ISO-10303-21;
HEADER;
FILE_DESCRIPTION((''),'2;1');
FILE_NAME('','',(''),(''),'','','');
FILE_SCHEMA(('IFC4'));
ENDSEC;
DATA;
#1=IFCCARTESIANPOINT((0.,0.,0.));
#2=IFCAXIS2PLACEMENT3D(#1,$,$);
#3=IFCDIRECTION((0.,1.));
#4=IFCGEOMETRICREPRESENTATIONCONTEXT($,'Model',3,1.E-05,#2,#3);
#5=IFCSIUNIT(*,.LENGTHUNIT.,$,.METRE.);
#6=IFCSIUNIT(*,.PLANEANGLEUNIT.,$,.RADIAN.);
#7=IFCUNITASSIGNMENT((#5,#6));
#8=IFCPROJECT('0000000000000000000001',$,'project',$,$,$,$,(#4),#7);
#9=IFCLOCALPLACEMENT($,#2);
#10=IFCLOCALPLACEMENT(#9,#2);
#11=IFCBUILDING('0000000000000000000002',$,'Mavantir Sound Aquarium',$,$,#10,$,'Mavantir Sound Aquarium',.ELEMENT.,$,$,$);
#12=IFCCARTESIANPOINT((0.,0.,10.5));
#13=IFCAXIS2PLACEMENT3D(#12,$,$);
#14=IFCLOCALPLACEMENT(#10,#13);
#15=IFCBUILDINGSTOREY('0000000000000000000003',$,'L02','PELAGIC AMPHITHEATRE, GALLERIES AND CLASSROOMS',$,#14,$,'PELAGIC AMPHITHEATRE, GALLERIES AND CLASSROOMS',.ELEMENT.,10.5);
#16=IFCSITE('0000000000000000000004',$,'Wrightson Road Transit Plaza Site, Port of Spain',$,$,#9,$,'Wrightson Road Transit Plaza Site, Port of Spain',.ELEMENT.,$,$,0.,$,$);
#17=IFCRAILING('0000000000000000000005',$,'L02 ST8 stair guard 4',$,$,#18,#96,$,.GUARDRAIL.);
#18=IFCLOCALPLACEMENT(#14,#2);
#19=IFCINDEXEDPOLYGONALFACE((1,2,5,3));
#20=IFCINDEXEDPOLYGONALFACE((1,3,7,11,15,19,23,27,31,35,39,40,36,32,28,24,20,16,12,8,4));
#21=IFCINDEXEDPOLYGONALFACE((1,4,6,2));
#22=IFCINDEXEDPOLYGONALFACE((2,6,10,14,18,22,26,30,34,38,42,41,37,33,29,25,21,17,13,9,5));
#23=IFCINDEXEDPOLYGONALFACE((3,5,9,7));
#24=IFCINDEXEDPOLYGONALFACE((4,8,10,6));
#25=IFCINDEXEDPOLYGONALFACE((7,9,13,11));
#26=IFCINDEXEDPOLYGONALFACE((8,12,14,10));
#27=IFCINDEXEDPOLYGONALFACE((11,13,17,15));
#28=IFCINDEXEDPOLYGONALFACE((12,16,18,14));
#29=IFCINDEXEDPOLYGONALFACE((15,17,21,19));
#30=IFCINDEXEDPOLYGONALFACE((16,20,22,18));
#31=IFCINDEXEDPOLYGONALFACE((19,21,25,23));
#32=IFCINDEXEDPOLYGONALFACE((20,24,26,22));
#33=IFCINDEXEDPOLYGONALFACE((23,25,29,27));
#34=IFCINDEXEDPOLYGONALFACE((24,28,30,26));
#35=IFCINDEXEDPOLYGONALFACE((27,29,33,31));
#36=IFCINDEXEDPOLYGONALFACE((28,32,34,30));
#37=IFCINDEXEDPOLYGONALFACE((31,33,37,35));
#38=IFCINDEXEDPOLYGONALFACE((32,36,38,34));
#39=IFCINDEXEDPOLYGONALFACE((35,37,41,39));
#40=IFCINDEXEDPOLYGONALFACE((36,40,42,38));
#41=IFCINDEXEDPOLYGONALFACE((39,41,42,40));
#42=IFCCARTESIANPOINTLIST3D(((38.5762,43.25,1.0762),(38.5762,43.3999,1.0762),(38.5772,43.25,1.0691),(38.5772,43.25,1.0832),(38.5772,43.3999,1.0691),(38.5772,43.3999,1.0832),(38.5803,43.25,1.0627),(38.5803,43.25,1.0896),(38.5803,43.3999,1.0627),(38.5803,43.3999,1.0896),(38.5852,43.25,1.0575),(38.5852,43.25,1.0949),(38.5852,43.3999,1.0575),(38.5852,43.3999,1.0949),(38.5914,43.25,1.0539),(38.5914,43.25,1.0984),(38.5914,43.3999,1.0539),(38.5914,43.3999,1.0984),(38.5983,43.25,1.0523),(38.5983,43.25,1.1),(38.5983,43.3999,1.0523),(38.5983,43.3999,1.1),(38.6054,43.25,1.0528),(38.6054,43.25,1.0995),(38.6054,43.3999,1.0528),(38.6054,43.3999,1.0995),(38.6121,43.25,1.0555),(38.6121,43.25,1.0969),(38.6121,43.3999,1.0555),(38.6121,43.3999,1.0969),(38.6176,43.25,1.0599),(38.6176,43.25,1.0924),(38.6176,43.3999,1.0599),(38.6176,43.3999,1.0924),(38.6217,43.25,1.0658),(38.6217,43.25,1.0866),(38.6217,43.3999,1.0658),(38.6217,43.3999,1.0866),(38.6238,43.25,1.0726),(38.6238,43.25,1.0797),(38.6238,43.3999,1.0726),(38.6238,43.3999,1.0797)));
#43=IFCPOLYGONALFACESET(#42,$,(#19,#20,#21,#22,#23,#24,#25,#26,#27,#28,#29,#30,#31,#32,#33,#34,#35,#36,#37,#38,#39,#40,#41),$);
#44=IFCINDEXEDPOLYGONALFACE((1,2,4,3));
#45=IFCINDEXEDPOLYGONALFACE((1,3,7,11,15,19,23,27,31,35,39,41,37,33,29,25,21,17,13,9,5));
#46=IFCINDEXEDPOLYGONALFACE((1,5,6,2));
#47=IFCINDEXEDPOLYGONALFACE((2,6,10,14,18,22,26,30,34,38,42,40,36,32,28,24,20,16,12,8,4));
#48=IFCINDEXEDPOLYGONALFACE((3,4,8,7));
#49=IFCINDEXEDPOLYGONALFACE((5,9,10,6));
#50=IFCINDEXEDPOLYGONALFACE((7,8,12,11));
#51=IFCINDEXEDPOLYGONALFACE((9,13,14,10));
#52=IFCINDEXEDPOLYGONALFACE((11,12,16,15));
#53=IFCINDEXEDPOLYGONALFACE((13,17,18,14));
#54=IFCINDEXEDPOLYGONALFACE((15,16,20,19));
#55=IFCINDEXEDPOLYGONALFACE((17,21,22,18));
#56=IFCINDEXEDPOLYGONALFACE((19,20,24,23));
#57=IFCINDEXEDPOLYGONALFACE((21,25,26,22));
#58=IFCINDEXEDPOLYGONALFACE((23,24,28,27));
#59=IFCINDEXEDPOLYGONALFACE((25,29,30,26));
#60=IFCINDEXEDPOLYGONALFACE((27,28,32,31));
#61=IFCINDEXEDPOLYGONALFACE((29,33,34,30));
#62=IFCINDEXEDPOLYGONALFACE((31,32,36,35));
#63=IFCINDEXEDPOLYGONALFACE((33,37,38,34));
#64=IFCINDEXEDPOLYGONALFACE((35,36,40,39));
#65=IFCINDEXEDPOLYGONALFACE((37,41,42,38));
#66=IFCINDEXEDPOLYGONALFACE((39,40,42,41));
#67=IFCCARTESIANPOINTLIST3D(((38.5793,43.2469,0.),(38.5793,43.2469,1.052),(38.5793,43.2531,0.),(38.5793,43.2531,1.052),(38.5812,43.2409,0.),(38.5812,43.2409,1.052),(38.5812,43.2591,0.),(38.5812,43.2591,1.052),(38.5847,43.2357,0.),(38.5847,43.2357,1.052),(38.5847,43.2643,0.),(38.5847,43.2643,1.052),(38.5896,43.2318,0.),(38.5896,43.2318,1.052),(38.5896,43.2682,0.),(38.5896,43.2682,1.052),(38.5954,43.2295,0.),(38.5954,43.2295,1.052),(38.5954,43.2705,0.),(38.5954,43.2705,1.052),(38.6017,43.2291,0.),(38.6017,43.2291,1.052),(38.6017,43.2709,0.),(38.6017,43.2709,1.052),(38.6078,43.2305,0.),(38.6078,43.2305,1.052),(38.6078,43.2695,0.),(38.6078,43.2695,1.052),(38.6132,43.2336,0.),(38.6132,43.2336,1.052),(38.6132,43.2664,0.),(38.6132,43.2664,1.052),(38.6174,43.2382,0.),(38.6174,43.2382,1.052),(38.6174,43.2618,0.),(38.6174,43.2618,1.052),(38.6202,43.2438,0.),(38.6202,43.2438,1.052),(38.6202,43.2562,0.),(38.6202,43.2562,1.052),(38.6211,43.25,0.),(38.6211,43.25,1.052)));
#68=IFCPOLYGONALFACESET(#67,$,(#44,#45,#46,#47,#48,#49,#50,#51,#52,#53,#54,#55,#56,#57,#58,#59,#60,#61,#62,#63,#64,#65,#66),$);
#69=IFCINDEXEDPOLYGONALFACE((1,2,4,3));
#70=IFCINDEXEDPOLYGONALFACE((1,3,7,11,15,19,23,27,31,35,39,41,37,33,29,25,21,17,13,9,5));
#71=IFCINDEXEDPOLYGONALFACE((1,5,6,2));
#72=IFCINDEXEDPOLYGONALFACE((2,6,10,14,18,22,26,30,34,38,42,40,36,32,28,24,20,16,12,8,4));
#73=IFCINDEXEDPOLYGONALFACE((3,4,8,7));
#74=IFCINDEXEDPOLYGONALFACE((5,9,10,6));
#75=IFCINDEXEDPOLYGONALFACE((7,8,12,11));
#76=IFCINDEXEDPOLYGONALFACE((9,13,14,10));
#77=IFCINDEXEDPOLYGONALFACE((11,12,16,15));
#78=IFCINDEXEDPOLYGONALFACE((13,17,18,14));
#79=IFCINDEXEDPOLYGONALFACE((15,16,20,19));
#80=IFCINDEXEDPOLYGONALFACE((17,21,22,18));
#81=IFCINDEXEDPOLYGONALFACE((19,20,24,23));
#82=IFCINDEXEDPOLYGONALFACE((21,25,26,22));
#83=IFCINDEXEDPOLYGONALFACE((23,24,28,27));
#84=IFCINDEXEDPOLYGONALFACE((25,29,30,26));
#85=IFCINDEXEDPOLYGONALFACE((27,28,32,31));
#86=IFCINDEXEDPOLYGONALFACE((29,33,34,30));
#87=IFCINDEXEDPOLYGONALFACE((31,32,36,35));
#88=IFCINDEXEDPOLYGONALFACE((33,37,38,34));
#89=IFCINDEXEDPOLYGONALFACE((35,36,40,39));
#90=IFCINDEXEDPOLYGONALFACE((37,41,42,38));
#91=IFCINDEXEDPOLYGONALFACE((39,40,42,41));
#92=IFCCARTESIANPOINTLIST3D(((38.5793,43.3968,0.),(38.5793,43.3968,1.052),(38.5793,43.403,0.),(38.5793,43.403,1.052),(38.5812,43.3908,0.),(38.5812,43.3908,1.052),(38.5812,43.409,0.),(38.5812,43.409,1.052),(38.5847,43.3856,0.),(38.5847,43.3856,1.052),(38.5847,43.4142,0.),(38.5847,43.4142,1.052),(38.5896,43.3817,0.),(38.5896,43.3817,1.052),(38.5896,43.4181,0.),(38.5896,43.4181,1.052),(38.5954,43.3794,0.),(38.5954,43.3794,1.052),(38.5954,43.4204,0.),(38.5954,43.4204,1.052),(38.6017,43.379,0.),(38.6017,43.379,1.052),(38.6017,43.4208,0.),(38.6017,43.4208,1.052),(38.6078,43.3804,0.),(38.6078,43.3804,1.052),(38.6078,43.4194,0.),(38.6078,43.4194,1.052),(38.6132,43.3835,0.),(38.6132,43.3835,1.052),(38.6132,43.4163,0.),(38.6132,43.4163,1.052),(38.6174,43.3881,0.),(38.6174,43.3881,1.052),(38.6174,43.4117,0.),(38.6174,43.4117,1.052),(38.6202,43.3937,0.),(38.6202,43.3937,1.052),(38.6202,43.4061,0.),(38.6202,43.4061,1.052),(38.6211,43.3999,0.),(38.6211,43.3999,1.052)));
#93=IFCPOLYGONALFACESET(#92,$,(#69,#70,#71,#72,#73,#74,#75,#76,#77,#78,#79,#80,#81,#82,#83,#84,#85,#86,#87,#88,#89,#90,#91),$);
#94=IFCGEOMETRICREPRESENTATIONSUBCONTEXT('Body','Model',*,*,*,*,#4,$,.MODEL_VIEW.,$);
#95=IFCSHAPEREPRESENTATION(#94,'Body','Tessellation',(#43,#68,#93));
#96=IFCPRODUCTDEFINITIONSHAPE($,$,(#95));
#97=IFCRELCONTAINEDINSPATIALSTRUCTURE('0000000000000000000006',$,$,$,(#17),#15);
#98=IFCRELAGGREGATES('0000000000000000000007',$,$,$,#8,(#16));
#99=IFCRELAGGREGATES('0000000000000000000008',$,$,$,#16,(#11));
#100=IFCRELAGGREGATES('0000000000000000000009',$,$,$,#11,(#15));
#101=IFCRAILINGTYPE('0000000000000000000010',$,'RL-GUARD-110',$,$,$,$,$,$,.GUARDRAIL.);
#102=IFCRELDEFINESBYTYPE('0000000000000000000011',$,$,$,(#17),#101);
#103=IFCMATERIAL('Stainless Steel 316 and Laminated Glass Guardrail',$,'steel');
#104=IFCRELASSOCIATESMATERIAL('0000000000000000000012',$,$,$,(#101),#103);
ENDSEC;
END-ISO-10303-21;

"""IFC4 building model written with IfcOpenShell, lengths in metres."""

from ifc_helpers import new_model, si_unit, direction, frame, origin, origin_2d, place, context, subcontext, project, spatial, circle, extrude, material, type_object, element, save


model = new_model("IFC4")

# Units and contexts
model_context = context("Model", 3, precision=1e-05, world=origin(), true_north=direction((0.0, 1.0)))
body_context = subcontext(model_context, "Body", "Model", "MODEL_VIEW")
ifc_project = project(units=[si_unit("LENGTHUNIT", "METRE"), si_unit("PLANEANGLEUNIT", "RADIAN")], contexts=[model_context])

# Site, building, storey
site_placement = place(None, origin())
site = spatial("IfcSite", under=ifc_project, at=site_placement, Name="Wrightson Road Transit Plaza Site, Port of Spain", LongName="Wrightson Road Transit Plaza Site, Port of Spain", CompositionType="ELEMENT", RefElevation=0.0)
building_placement = place(site_placement, origin())
building = spatial("IfcBuilding", under=site, at=building_placement, Name="Mavantir Sound Aquarium", LongName="Mavantir Sound Aquarium", CompositionType="ELEMENT")
storey_placement = place(building_placement, frame((0.0, 0.0, 10.5)))
storey = spatial("IfcBuildingStorey", under=building, at=storey_placement, Name="L02", Description="PELAGIC AMPHITHEATRE, GALLERIES AND CLASSROOMS", LongName="PELAGIC AMPHITHEATRE, GALLERIES AND CLASSROOMS", CompositionType="ELEMENT", Elevation=10.5)

# Railing
ifc_material_1 = material(Name="Stainless Steel 316 and Laminated Glass Guardrail", Category="steel")
railing_type_1 = type_object("IfcRailingType", Name="RL-GUARD-110", PredefinedType="GUARDRAIL", material=ifc_material_1)
railing_1_placement = place(storey_placement, frame((38.6001, 43.25, 0.0)))
element("IfcRailing", 1, at=railing_1_placement, inside=storey, type_object=railing_type_1, Name="L02 ST8 stair guard 4", PredefinedType="GUARDRAIL", context=body_context, shape_type="SweptSolid", body=[
    extrude(circle(Radius=0.0239, at=origin_2d()), frame((0.0, 0.0, 1.0762), z_axis=(0.0, 1.0, 0.0), x_axis=(-1.0, 0.0, 0.0)), (0.0, 0.0, 1.0), 0.1499),
    extrude(circle(Radius=0.021, at=origin_2d()), origin(), (0.0, 0.0, 1.0), 1.052),
    extrude(circle(Radius=0.021, at=origin_2d()), frame((0.0, 0.1499, 0.0)), (0.0, 0.0, 1.0), 1.052),
])

save(model, "model.ifc")
